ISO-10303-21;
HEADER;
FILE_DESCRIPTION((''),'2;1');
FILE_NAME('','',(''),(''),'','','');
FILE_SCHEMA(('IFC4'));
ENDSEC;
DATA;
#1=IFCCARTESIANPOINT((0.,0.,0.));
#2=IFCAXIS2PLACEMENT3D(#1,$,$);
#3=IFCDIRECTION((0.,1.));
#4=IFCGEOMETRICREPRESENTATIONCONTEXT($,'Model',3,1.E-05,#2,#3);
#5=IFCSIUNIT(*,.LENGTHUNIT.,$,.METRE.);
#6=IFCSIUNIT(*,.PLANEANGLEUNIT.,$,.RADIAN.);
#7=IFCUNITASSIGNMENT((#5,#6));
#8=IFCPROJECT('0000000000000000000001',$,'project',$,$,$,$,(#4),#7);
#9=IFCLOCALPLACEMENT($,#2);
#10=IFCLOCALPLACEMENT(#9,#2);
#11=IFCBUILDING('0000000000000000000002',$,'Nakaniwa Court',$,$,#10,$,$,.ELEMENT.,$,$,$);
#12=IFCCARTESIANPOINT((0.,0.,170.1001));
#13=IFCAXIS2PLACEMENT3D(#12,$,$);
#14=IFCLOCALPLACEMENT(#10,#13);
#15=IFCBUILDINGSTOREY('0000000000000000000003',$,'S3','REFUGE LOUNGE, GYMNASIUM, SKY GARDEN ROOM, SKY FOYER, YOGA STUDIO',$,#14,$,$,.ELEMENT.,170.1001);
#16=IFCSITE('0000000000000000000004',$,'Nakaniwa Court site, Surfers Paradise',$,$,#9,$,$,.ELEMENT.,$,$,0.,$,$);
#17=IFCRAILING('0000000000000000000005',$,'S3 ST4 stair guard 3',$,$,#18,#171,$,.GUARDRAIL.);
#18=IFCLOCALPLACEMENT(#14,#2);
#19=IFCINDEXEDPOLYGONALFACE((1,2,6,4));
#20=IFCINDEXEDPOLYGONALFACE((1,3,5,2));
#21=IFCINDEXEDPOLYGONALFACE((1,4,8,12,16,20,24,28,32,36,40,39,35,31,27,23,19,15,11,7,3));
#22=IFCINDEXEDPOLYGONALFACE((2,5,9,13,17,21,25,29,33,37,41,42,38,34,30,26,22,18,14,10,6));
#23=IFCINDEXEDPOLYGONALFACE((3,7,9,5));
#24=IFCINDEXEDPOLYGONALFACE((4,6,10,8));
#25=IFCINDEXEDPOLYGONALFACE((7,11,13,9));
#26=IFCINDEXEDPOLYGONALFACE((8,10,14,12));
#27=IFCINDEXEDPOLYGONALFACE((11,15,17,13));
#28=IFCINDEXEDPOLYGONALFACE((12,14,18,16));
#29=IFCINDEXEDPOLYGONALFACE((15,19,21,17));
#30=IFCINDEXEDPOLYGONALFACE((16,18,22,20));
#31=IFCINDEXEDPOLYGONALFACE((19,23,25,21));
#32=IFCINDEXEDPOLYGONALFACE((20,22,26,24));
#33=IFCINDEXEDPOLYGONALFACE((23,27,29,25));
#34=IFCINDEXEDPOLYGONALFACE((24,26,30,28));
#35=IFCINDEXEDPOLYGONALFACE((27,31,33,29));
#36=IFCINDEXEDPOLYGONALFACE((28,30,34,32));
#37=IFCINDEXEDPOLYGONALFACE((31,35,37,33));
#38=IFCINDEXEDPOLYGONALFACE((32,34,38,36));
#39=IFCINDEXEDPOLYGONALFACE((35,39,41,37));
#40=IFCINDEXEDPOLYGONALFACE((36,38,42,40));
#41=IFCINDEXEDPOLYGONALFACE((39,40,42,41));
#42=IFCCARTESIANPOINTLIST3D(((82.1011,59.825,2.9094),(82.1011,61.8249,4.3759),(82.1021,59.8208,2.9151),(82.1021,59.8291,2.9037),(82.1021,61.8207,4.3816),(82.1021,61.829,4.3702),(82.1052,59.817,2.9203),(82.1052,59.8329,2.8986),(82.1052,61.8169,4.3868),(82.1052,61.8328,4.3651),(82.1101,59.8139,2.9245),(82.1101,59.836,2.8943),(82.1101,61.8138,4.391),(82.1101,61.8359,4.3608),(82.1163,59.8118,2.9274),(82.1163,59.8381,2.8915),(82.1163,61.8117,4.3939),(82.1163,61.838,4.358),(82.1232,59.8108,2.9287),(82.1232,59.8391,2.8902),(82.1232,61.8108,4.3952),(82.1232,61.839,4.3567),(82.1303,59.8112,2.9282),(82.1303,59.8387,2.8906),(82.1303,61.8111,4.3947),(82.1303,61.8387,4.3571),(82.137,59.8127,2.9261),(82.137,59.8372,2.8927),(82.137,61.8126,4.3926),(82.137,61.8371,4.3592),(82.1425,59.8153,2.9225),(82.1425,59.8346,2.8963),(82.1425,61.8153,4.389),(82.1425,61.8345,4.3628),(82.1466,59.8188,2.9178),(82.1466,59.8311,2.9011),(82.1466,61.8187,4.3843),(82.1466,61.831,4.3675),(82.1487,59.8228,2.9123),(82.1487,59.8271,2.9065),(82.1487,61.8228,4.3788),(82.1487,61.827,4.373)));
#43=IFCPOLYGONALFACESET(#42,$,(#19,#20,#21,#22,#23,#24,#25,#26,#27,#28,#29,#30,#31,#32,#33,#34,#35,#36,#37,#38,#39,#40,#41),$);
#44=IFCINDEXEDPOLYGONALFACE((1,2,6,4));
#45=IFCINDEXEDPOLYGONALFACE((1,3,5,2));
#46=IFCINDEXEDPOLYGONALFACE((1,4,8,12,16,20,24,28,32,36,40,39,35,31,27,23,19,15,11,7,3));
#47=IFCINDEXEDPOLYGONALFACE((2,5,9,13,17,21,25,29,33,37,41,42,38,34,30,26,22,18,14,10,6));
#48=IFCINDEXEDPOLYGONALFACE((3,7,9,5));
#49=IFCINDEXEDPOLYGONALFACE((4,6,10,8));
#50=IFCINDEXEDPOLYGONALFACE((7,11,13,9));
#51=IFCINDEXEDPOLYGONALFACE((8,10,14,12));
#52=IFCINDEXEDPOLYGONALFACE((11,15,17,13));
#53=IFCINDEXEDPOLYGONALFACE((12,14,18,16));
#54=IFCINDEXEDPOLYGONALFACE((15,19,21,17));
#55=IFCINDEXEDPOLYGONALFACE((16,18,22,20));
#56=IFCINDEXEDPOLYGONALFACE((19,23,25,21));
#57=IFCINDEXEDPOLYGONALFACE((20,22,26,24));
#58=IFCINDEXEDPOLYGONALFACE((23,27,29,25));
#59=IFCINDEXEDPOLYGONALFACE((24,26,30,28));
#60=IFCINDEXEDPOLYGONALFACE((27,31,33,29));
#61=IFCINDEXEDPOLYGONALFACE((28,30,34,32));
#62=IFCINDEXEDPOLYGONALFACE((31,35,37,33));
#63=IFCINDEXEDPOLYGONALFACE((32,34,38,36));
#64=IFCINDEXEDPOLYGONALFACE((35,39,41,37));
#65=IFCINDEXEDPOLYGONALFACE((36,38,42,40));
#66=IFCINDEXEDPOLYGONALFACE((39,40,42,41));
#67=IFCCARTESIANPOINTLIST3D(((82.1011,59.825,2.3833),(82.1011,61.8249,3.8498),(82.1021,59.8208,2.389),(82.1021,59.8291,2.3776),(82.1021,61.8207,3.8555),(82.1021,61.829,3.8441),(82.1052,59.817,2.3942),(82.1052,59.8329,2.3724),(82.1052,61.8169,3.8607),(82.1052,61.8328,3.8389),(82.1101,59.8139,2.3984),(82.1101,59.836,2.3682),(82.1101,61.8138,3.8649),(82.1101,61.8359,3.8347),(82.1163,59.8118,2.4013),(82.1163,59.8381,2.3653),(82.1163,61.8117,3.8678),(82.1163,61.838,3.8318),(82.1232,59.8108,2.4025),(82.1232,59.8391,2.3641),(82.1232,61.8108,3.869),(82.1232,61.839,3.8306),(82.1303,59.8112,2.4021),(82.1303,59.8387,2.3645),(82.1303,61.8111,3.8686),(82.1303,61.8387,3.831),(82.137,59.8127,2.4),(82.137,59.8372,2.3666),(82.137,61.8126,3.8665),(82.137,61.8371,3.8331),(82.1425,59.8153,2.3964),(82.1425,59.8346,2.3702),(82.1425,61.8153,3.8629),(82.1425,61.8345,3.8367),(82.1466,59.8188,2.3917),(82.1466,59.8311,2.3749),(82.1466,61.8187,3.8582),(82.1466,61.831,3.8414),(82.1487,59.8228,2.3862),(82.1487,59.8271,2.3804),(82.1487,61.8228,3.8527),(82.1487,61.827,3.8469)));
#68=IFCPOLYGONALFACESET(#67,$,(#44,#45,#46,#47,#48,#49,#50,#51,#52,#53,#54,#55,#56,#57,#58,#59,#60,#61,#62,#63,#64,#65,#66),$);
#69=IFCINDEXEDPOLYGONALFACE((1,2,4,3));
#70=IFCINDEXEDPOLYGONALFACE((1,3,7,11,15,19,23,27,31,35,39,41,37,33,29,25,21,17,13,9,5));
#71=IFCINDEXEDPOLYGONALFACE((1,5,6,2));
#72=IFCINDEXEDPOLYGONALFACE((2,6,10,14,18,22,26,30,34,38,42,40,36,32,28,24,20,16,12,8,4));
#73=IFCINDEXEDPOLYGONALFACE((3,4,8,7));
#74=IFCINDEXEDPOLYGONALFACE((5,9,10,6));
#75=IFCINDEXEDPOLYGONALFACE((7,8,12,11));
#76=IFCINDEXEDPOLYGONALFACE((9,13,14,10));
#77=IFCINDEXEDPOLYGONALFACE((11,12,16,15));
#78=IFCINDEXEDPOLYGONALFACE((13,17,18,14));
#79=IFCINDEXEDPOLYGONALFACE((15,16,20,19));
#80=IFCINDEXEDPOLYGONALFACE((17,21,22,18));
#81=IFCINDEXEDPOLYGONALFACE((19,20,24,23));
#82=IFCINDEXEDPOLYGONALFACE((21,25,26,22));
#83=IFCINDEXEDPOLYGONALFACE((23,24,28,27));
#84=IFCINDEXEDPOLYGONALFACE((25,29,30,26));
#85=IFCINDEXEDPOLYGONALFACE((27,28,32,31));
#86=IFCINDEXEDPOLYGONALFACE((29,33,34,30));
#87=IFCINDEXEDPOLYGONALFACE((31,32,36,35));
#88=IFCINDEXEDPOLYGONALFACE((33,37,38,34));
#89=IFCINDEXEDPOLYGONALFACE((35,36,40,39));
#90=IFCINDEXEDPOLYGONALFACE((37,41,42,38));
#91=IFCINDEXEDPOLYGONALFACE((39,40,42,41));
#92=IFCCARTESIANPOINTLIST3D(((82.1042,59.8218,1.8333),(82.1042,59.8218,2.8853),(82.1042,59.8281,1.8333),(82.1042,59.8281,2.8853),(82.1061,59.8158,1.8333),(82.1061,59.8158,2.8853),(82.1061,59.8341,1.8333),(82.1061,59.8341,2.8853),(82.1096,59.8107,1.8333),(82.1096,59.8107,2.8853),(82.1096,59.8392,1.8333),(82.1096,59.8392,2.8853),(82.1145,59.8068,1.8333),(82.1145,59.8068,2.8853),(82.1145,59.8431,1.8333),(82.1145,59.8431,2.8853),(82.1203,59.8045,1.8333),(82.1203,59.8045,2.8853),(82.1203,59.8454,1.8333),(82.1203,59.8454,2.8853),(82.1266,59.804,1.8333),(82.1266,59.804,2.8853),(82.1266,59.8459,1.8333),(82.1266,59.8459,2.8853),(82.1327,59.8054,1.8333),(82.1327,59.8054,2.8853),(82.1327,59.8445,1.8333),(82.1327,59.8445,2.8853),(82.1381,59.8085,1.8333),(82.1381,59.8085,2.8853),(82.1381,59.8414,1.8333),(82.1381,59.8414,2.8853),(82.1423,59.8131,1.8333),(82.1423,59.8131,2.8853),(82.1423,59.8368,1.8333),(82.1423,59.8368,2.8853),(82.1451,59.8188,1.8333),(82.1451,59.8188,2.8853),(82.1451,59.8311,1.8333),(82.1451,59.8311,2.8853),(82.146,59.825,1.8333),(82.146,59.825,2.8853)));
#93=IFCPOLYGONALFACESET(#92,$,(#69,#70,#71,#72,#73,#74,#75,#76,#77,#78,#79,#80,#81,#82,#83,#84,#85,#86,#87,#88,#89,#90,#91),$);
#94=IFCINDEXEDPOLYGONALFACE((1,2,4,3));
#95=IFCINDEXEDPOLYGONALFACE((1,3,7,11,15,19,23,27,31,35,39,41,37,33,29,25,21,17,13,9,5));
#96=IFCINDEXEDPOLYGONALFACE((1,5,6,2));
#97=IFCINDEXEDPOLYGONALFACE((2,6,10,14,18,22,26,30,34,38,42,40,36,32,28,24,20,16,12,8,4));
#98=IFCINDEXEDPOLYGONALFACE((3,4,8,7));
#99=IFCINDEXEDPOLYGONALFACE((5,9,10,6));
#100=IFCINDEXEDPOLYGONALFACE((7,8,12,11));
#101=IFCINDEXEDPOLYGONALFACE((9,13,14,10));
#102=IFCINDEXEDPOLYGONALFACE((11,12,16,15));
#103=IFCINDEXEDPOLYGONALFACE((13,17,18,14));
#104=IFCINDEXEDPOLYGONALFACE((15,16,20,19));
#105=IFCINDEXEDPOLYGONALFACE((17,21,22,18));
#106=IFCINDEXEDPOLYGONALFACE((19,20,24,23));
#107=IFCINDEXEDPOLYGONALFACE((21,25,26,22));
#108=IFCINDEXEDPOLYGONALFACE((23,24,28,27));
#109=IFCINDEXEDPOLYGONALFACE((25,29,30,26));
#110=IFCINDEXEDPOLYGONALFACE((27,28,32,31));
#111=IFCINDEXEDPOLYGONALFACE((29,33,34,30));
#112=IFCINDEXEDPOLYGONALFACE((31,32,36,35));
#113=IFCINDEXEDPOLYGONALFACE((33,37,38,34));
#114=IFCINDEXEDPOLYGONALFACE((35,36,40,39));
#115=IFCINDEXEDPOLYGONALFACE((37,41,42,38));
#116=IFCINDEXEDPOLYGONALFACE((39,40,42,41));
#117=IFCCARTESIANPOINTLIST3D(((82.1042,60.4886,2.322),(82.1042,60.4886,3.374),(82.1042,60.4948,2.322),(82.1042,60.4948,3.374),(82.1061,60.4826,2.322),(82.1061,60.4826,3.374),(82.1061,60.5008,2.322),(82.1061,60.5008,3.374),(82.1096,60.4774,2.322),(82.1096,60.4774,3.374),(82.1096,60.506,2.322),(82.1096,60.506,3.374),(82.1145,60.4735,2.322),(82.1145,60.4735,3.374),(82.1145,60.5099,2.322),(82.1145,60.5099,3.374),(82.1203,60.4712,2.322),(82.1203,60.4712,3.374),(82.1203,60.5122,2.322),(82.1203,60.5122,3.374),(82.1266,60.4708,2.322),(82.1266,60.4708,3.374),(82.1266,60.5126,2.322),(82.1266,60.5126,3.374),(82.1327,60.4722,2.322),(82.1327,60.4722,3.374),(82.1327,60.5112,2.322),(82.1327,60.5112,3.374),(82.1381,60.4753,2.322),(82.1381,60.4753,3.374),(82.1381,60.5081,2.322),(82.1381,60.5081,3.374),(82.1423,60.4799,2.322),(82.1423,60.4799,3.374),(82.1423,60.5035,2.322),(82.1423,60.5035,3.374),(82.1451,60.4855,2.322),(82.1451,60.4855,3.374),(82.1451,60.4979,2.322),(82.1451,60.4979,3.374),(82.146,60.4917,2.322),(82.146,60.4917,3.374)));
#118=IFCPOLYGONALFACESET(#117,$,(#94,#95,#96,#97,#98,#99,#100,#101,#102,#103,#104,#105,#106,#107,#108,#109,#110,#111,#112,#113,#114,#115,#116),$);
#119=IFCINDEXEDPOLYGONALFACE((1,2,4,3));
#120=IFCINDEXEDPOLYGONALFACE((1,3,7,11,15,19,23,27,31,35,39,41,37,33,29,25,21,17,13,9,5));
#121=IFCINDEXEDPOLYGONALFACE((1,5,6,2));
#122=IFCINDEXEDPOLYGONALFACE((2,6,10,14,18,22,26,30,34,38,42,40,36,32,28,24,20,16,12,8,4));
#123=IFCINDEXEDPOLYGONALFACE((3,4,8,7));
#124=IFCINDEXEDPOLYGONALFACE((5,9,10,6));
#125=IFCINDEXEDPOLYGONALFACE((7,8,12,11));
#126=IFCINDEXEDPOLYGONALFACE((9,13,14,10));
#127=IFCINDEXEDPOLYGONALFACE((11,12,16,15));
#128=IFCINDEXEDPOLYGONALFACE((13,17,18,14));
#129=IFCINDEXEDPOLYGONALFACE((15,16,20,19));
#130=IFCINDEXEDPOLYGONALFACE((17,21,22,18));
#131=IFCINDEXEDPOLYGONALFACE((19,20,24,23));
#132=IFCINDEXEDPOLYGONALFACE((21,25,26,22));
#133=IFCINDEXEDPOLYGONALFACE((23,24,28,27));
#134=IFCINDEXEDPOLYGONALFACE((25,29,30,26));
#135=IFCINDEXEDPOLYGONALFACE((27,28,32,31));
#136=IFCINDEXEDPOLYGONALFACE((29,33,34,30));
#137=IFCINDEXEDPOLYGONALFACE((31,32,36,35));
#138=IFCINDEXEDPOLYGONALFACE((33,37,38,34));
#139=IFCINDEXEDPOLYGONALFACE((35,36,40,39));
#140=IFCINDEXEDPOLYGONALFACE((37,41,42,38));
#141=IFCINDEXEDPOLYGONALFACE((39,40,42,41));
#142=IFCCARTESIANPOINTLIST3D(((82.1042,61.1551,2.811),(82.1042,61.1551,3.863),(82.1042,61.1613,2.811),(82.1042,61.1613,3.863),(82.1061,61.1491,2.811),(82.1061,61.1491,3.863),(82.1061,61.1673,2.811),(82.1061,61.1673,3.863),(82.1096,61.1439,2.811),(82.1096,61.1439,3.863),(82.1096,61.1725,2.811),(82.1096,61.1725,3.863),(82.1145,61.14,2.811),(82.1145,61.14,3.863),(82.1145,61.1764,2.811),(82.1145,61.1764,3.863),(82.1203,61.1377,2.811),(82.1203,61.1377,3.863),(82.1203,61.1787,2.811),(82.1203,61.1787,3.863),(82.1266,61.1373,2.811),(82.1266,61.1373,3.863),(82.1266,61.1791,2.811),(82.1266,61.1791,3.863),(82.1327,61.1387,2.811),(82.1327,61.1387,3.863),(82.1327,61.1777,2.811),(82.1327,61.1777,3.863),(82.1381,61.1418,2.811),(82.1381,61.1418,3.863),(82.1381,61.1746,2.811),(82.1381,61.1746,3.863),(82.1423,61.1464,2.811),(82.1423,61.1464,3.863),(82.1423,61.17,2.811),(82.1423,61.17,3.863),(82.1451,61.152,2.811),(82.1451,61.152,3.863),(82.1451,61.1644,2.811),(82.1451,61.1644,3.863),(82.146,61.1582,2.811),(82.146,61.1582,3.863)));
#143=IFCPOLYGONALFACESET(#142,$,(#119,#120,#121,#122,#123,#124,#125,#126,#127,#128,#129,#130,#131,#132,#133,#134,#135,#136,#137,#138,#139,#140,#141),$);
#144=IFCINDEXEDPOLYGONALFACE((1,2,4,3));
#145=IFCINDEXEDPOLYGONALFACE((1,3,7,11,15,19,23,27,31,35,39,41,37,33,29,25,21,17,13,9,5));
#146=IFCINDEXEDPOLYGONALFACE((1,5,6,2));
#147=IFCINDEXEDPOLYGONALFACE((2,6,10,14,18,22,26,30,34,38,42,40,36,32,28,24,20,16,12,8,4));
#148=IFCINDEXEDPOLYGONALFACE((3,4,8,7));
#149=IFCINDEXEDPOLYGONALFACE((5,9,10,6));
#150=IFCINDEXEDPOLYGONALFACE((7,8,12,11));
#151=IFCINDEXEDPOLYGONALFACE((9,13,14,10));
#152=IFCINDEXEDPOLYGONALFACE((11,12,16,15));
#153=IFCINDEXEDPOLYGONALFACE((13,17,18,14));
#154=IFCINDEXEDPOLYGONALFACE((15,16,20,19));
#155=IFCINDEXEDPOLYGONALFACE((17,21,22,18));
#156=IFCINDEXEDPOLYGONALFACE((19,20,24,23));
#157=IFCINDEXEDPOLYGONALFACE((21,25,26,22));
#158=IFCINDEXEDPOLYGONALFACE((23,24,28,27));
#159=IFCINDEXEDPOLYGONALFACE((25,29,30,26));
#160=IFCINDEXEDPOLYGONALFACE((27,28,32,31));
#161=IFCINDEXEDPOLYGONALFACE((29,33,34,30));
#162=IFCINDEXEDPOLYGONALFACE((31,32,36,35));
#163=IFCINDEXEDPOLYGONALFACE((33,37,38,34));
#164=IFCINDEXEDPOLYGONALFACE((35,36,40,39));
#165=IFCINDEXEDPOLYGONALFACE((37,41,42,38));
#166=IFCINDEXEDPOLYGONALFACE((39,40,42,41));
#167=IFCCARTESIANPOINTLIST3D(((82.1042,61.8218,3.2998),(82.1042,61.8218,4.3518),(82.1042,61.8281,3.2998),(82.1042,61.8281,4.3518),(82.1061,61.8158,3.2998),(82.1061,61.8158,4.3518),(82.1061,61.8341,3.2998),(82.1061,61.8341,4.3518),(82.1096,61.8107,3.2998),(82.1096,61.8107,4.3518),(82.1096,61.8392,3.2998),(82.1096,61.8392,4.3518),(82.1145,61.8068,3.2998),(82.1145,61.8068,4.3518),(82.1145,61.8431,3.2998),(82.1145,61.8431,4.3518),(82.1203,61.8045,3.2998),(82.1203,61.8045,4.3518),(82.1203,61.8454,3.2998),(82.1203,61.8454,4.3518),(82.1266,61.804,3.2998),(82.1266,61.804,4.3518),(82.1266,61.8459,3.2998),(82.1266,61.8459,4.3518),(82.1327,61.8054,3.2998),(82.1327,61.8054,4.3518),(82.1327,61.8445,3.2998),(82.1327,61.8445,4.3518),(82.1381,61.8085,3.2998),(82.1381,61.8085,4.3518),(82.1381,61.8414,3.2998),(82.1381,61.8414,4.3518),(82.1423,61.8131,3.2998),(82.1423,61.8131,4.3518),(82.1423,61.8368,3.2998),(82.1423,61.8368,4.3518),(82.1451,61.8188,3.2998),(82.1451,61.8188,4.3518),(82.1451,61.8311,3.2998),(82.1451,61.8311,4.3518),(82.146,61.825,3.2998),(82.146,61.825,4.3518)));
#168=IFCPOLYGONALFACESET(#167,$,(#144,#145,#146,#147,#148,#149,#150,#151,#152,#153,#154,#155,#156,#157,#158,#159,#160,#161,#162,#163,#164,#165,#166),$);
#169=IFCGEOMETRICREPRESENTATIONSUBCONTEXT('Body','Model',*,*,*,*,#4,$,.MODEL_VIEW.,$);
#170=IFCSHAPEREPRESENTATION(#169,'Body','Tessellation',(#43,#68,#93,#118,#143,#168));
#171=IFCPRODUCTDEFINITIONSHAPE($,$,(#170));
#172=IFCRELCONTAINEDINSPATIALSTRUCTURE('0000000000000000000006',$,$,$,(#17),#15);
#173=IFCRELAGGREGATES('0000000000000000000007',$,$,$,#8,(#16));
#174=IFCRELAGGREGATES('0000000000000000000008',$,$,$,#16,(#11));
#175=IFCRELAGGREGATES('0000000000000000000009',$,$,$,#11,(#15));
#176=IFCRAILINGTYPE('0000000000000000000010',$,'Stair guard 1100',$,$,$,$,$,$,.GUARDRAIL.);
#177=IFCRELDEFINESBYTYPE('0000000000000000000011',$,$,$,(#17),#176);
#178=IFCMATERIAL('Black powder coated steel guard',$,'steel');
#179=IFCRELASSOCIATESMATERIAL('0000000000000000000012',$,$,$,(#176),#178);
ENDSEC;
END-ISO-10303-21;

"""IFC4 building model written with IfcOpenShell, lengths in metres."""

from ifc_helpers import new_model, si_unit, direction, frame, origin, origin_2d, place, context, subcontext, project, spatial, circle, extrude, material, type_object, element, save


model = new_model("IFC4")

# Units and contexts
model_context = context("Model", 3, precision=1e-05, world=origin(), true_north=direction((0.0, 1.0)))
body_context = subcontext(model_context, "Body", "Model", "MODEL_VIEW")
ifc_project = project(units=[si_unit("LENGTHUNIT", "METRE"), si_unit("PLANEANGLEUNIT", "RADIAN")], contexts=[model_context])

# Site, building, storey
site_placement = place(None, origin())
site = spatial("IfcSite", under=ifc_project, at=site_placement, Name="Nakaniwa Court site, Surfers Paradise", CompositionType="ELEMENT", RefElevation=0.0)
building_placement = place(site_placement, origin())
building = spatial("IfcBuilding", under=site, at=building_placement, Name="Nakaniwa Court", CompositionType="ELEMENT")
storey_placement = place(building_placement, frame((0.0, 0.0, 170.1001)))
storey = spatial("IfcBuildingStorey", under=building, at=storey_placement, Name="S3", Description="REFUGE LOUNGE, GYMNASIUM, SKY GARDEN ROOM, SKY FOYER, YOGA STUDIO", CompositionType="ELEMENT", Elevation=170.1001)

# Railing
ifc_material_1 = material(Name="Black powder coated steel guard", Category="steel")
railing_type_1 = type_object("IfcRailingType", Name="Stair guard 1100", PredefinedType="GUARDRAIL", material=ifc_material_1)
railing_1_placement = place(storey_placement, frame((82.125, 59.825, 1.8333)))
element("IfcRailing", 1, at=railing_1_placement, inside=storey, type_object=railing_type_1, Name="S3 ST4 stair guard 3", PredefinedType="GUARDRAIL", context=body_context, shape_type="SweptSolid", body=[
    extrude(circle(Radius=0.0239, at=origin_2d()), frame((0.0, 0.0, 1.0762), z_axis=(0.0, 0.806427, 0.591334), x_axis=(-1.0, 0.0, 0.0)), (0.0, 0.0, 1.0), 2.48),
    extrude(circle(Radius=0.0239, at=origin_2d()), frame((0.0, 0.0, 0.55), z_axis=(0.0, 0.806427, 0.591334), x_axis=(-1.0, 0.0, 0.0)), (0.0, 0.0, 1.0), 2.48),
    extrude(circle(Radius=0.021, at=origin_2d()), origin(), (0.0, 0.0, 1.0), 1.052),
    extrude(circle(Radius=0.021, at=origin_2d()), frame((0.0, 0.6667, 0.4888)), (0.0, 0.0, 1.0), 1.052),
    extrude(circle(Radius=0.021, at=origin_2d()), frame((0.0, 1.3333, 0.9778)), (0.0, 0.0, 1.0), 1.052),
    extrude(circle(Radius=0.021, at=origin_2d()), frame((0.0, 2.0, 1.4666)), (0.0, 0.0, 1.0), 1.052),
])

save(model, "model.ifc")
